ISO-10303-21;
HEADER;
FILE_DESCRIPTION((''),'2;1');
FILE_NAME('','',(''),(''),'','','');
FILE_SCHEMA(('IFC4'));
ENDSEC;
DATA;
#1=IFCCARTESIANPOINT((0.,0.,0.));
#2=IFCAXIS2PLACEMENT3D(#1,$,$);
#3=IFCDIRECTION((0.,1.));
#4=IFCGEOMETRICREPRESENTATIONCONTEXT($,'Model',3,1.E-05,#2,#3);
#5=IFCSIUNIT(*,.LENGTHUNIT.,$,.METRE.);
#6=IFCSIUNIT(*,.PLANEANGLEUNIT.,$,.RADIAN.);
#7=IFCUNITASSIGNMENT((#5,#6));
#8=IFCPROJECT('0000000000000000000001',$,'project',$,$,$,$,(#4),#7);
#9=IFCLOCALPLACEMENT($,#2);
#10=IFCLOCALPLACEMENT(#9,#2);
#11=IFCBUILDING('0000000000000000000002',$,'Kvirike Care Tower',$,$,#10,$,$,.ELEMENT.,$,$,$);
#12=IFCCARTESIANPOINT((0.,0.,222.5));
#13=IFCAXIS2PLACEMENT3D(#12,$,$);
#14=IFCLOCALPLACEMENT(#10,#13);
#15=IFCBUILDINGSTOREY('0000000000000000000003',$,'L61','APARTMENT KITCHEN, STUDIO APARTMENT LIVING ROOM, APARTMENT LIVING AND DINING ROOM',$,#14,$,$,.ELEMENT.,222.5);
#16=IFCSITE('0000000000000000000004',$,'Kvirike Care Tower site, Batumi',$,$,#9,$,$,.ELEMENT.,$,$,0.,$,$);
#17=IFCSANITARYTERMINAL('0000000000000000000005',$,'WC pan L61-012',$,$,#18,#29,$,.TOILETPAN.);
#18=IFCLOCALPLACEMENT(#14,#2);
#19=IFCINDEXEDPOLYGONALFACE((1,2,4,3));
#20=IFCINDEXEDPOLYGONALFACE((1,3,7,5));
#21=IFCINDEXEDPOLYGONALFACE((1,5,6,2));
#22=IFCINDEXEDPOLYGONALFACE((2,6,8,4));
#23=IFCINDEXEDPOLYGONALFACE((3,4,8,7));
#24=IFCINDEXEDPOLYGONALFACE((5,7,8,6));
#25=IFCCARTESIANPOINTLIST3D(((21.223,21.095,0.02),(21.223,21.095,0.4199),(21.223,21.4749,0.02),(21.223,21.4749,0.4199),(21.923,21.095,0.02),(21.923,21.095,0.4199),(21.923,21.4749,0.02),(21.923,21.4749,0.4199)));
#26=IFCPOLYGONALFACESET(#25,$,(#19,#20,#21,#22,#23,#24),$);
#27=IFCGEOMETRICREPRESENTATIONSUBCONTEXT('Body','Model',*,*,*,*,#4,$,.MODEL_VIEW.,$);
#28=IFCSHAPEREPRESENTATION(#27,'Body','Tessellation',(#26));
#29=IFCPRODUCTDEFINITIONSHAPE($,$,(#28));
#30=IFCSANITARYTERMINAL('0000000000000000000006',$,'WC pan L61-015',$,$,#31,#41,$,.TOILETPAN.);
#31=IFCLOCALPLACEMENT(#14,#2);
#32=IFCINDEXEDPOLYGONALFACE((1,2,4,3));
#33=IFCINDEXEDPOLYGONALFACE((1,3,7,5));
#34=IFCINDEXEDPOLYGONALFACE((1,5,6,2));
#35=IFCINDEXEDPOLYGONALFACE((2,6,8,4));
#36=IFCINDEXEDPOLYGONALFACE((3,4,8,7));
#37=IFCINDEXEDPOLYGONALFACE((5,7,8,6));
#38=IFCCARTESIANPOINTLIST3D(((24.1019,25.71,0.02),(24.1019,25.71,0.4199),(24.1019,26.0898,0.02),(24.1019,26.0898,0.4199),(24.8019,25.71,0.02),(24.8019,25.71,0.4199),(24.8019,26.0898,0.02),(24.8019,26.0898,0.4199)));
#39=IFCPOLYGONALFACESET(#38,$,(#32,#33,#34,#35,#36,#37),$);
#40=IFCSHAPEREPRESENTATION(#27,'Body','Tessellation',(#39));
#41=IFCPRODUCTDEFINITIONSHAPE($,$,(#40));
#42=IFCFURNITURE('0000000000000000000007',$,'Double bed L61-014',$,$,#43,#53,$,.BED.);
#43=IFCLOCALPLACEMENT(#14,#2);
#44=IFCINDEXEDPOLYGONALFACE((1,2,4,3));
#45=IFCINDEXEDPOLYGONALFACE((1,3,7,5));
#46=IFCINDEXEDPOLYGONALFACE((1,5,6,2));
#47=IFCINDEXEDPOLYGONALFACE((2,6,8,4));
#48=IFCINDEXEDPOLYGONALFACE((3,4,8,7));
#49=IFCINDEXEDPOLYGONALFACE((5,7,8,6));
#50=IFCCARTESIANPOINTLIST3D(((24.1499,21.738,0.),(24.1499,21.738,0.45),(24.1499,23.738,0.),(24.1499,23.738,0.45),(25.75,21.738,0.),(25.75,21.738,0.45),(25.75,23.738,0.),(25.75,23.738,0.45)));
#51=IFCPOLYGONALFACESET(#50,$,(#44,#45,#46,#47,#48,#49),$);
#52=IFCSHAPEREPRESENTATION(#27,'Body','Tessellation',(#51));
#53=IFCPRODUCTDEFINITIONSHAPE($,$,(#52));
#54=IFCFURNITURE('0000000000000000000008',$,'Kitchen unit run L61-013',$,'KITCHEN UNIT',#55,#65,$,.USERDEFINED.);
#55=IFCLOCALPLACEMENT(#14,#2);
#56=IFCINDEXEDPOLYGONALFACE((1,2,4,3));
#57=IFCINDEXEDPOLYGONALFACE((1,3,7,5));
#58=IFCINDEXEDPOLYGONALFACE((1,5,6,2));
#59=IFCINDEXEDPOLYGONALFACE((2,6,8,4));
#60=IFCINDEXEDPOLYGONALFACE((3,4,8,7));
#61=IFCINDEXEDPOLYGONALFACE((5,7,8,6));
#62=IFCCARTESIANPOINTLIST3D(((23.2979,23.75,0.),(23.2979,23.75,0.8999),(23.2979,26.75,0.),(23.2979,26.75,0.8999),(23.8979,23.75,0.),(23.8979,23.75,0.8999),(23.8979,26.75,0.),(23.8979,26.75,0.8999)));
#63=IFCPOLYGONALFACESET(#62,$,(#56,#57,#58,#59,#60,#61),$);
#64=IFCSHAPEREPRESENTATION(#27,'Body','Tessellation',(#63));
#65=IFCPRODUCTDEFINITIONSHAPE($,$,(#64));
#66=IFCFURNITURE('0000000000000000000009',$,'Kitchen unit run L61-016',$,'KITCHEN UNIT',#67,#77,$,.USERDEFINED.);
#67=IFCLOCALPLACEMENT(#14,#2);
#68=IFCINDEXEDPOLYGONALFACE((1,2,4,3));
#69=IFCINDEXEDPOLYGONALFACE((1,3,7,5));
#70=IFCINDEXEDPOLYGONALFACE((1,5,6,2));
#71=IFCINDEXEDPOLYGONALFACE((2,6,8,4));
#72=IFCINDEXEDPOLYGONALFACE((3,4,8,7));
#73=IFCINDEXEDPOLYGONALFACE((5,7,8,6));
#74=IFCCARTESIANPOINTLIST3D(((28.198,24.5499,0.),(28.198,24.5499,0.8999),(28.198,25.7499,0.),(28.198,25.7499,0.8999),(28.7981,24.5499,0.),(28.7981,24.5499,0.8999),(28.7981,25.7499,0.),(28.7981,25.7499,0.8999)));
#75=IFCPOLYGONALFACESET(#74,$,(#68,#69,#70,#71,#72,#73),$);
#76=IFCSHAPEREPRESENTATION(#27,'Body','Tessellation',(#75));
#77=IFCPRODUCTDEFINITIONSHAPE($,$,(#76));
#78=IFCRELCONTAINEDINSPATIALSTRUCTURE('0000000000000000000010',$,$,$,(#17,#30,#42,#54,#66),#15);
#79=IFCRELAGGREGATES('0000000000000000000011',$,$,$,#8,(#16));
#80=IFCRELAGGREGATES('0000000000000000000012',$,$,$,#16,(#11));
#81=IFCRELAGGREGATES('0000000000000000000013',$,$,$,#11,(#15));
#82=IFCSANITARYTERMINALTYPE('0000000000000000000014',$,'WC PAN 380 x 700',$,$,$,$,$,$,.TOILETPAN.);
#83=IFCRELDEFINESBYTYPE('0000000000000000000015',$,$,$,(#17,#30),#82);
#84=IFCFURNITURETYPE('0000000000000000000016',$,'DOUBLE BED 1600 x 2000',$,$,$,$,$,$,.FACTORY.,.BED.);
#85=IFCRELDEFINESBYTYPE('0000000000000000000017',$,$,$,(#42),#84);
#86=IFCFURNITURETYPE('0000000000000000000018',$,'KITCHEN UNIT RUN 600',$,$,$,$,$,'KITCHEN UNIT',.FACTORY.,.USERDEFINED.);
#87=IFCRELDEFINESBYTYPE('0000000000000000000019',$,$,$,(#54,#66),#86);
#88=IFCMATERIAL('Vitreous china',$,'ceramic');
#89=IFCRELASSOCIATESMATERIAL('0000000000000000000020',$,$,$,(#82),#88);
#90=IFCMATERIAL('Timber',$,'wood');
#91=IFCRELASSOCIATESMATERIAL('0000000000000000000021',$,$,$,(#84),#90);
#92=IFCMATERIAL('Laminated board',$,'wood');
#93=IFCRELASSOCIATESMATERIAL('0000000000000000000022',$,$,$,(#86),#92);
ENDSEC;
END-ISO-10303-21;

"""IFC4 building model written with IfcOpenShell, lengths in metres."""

from ifc_helpers import new_model, si_unit, direction, frame, origin, origin_2d, place, context, subcontext, project, spatial, rectangle, extrude, material, type_object, element, save


model = new_model("IFC4")

# Units and contexts
model_context = context("Model", 3, precision=1e-05, world=origin(), true_north=direction((0.0, 1.0)))
body_context = subcontext(model_context, "Body", "Model", "MODEL_VIEW")
ifc_project = project(units=[si_unit("LENGTHUNIT", "METRE"), si_unit("PLANEANGLEUNIT", "RADIAN")], contexts=[model_context])

# Site, building, storey
site_placement = place(None, origin())
site = spatial("IfcSite", under=ifc_project, at=site_placement, Name="Kvirike Care Tower site, Batumi", CompositionType="ELEMENT", RefElevation=0.0)
building_placement = place(site_placement, origin())
building = spatial("IfcBuilding", under=site, at=building_placement, Name="Kvirike Care Tower", CompositionType="ELEMENT")
storey_placement = place(building_placement, frame((0.0, 0.0, 222.5)))
storey = spatial("IfcBuildingStorey", under=building, at=storey_placement, Name="L61", Description="APARTMENT KITCHEN, STUDIO APARTMENT LIVING ROOM, APARTMENT LIVING AND DINING ROOM", CompositionType="ELEMENT", Elevation=222.5)

# Sanitary terminals
ifc_material_1 = material(Name="Vitreous china", Category="ceramic")
sanitary_terminal_type_1 = type_object("IfcSanitaryTerminalType", Name="WC PAN 380 x 700", PredefinedType="TOILETPAN", material=ifc_material_1)
for number, where, z_axis, x_axis, name in (
    (1, (21.573, 21.2849, 0.02), (0.0, 0.0, 1.0), (0.0, -1.0, 0.0), "WC pan L61-012"),
    (2, (24.4519, 25.8999, 0.02), (0.0, 0.0, 1.0), (0.0, 1.0, 0.0), "WC pan L61-015"),
):
    element("IfcSanitaryTerminal", number, at=place(storey_placement, frame(where, z_axis=z_axis, x_axis=x_axis)), inside=storey, type_object=sanitary_terminal_type_1, Name=name, PredefinedType="TOILETPAN", context=body_context, shape_type="SweptSolid", body=[
        extrude(rectangle(XDim=0.3799, YDim=0.7, at=origin_2d()), origin(), (0.0, 0.0, 1.0), 0.3999),
    ])

# Furniture
ifc_material_2 = material(Name="Timber", Category="wood")
furniture_type_1 = type_object("IfcFurnitureType", Name="DOUBLE BED 1600 x 2000", AssemblyPlace="FACTORY", PredefinedType="BED", material=ifc_material_2)
furniture_1_placement = place(storey_placement, frame((24.95, 22.738, 0.0), z_axis=(0.0, 0.0, 1.0), x_axis=(1.0, 0.0, 0.0)))
element("IfcFurniture", 3, at=furniture_1_placement, inside=storey, type_object=furniture_type_1, Name="Double bed L61-014", PredefinedType="BED", context=body_context, shape_type="SweptSolid", body=[
    extrude(rectangle(XDim=1.6001, YDim=2.0, at=origin_2d()), origin(), (0.0, 0.0, 1.0), 0.45),
])
ifc_material_3 = material(Name="Laminated board", Category="wood")
furniture_type_2 = type_object("IfcFurnitureType", Name="KITCHEN UNIT RUN 600", ElementType="KITCHEN UNIT", AssemblyPlace="FACTORY", PredefinedType="USERDEFINED", material=ifc_material_3)
furniture_2_placement = place(storey_placement, frame((23.5979, 25.25, 0.0), z_axis=(0.0, 0.0, 1.0), x_axis=(0.0, -1.0, 0.0)))
element("IfcFurniture", 4, at=furniture_2_placement, inside=storey, type_object=furniture_type_2, Name="Kitchen unit run L61-013", ObjectType="KITCHEN UNIT", PredefinedType="USERDEFINED", context=body_context, shape_type="SweptSolid", body=[
    extrude(rectangle(XDim=3.0, YDim=0.6001, at=origin_2d()), origin(), (0.0, 0.0, 1.0), 0.8999),
])
furniture_3_placement = place(storey_placement, frame((28.498, 25.1499, 0.0), z_axis=(0.0, 0.0, 1.0), x_axis=(0.0, -1.0, 0.0)))
element("IfcFurniture", 5, at=furniture_3_placement, inside=storey, type_object=furniture_type_2, Name="Kitchen unit run L61-016", ObjectType="KITCHEN UNIT", PredefinedType="USERDEFINED", context=body_context, shape_type="SweptSolid", body=[
    extrude(rectangle(XDim=1.2, YDim=0.6001, at=origin_2d()), origin(), (0.0, 0.0, 1.0), 0.8999),
])

save(model, "model.ifc")
